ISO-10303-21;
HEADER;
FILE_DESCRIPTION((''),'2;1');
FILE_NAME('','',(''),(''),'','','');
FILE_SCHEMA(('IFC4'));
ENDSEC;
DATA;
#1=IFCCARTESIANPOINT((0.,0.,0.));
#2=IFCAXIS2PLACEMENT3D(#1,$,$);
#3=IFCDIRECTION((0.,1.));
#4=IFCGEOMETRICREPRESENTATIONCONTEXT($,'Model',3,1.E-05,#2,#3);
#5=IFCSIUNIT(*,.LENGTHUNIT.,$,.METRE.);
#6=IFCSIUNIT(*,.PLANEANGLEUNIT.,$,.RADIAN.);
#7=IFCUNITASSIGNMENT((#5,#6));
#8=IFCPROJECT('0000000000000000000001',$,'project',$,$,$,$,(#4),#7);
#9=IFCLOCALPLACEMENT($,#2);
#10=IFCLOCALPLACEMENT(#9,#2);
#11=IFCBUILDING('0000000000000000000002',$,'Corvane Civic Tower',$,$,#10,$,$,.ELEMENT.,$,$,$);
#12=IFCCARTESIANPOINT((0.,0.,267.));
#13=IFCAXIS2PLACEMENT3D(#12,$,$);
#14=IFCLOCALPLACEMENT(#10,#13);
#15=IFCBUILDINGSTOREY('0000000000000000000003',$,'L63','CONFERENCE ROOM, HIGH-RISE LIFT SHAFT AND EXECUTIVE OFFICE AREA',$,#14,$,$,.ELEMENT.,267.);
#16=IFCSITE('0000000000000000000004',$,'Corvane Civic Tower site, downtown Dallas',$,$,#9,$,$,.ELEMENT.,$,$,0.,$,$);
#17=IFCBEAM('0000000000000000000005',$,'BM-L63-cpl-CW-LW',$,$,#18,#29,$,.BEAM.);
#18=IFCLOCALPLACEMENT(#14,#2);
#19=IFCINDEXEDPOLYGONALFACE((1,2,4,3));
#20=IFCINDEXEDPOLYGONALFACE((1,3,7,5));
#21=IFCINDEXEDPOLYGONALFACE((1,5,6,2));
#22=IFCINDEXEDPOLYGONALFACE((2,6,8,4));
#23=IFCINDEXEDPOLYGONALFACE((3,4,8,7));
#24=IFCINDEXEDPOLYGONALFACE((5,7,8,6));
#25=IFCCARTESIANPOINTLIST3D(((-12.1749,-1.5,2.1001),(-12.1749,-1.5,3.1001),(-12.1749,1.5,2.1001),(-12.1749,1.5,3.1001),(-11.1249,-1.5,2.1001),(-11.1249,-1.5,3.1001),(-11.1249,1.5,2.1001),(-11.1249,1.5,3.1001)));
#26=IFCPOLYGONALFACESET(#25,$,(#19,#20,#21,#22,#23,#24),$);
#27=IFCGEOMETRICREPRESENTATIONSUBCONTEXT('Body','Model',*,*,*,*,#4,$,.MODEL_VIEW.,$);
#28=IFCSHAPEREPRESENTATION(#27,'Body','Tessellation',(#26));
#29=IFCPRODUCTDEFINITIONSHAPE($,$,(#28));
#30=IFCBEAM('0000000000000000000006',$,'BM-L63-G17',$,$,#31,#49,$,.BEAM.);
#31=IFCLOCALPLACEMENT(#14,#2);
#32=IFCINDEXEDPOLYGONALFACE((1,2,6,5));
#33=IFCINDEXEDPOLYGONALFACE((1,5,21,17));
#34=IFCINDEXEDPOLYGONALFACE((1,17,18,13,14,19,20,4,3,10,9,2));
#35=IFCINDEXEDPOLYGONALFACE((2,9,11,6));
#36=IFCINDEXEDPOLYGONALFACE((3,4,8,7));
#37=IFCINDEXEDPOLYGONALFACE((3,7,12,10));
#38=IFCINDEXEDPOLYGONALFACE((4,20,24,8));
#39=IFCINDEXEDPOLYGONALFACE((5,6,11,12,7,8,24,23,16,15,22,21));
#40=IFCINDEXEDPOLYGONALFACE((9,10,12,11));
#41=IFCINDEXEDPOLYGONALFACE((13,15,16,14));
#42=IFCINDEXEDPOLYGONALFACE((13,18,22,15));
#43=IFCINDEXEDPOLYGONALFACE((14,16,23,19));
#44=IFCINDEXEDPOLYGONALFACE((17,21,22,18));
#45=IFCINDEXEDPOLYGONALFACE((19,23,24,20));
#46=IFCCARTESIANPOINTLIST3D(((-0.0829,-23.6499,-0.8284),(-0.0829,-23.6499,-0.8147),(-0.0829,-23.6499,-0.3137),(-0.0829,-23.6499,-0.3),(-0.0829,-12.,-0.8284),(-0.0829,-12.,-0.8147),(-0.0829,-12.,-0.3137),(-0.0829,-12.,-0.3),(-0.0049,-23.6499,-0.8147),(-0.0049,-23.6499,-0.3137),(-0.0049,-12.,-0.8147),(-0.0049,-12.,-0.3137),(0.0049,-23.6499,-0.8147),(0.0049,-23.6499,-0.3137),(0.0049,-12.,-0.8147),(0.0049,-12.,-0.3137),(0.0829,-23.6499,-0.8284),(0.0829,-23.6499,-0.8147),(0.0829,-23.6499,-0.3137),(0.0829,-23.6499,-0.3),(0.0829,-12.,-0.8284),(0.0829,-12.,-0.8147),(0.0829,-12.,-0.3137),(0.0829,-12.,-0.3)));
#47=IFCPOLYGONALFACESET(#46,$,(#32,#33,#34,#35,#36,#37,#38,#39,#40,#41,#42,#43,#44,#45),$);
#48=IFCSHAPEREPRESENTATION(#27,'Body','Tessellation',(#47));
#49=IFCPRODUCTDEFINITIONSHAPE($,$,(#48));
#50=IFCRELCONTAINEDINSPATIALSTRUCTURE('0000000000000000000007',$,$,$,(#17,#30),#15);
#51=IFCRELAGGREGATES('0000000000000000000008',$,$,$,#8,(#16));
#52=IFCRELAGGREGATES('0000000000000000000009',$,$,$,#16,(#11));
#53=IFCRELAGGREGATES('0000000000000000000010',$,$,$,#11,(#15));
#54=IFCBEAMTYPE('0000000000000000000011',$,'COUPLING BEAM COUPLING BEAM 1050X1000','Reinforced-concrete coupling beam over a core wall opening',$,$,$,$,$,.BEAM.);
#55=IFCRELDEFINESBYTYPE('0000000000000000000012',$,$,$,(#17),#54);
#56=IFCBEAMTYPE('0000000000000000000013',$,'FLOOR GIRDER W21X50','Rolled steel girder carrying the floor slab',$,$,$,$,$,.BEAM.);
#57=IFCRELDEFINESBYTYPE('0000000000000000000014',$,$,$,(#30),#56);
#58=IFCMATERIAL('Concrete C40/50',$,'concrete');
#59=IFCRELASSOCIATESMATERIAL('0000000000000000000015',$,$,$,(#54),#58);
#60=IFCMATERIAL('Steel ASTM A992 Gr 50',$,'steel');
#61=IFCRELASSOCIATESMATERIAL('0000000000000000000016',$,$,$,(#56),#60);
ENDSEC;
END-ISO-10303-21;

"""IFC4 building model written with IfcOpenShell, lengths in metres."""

from ifc_helpers import new_model, si_unit, direction, frame, origin, origin_2d, place, context, subcontext, project, spatial, rectangle, i_section, extrude, material, material_profile, profile_set, type_object, element, save


model = new_model("IFC4")

# Units and contexts
model_context = context("Model", 3, precision=1e-05, world=origin(), true_north=direction((0.0, 1.0)))
body_context = subcontext(model_context, "Body", "Model", "MODEL_VIEW")
ifc_project = project(units=[si_unit("LENGTHUNIT", "METRE"), si_unit("PLANEANGLEUNIT", "RADIAN")], contexts=[model_context])

# Site, building, storey
site_placement = place(None, origin())
site = spatial("IfcSite", under=ifc_project, at=site_placement, Name="Corvane Civic Tower site, downtown Dallas", CompositionType="ELEMENT", RefElevation=0.0)
building_placement = place(site_placement, origin())
building = spatial("IfcBuilding", under=site, at=building_placement, Name="Corvane Civic Tower", CompositionType="ELEMENT")
storey_placement = place(building_placement, frame((0.0, 0.0, 267.0)))
storey = spatial("IfcBuildingStorey", under=building, at=storey_placement, Name="L63", Description="CONFERENCE ROOM, HIGH-RISE LIFT SHAFT AND EXECUTIVE OFFICE AREA", CompositionType="ELEMENT", Elevation=267.0)

# Beams
ifc_material_1 = material(Name="Concrete C40/50", Category="concrete")
ifc_material_profile_1 = material_profile(ifc_material_1, rectangle(XDim=1.05, YDim=1.0, at=origin_2d()), Name="COUPLING BEAM 1050X1000")
ifc_profile_set_1 = profile_set([ifc_material_profile_1], Name="Concrete C40/50")
beam_type_1 = type_object("IfcBeamType", Name="COUPLING BEAM COUPLING BEAM 1050X1000", Description="Reinforced-concrete coupling beam over a core wall opening", PredefinedType="BEAM", material=ifc_profile_set_1)
beam_1_placement = place(storey_placement, frame((-11.6499, -1.5, 2.6001), z_axis=(0.0, 1.0, 0.0), x_axis=(-1.0, 0.0, 0.0)))
element("IfcBeam", 1, at=beam_1_placement, inside=storey, type_object=beam_type_1, Name="BM-L63-cpl-CW-LW", PredefinedType="BEAM", context=body_context, shape_type="SweptSolid", body=[
    extrude(rectangle(XDim=1.05, YDim=1.0, at=origin_2d()), origin(), (0.0, 0.0, 1.0), 3.0),
])
ifc_material_2 = material(Name="Steel ASTM A992 Gr 50", Category="steel")
ifc_material_profile_2 = material_profile(ifc_material_2, i_section(OverallWidth=0.1658, OverallDepth=0.5283, WebThickness=0.0098, FlangeThickness=0.0137, at=origin_2d()), Name="W21X50")
ifc_profile_set_2 = profile_set([ifc_material_profile_2], Name="Steel ASTM A992 Gr 50")
beam_type_2 = type_object("IfcBeamType", Name="FLOOR GIRDER W21X50", Description="Rolled steel girder carrying the floor slab", PredefinedType="BEAM", material=ifc_profile_set_2)
beam_2_placement = place(storey_placement, frame((0.0, -12.0, -0.5642), z_axis=(0.0, -1.0, 0.0), x_axis=(1.0, 0.0, 0.0)))
element("IfcBeam", 2, at=beam_2_placement, inside=storey, type_object=beam_type_2, Name="BM-L63-G17", PredefinedType="BEAM", context=body_context, shape_type="SweptSolid", body=[
    extrude(i_section(OverallWidth=0.1658, OverallDepth=0.5283, WebThickness=0.0098, FlangeThickness=0.0137, at=origin_2d()), origin(), (0.0, 0.0, 1.0), 11.6499),
])

save(model, "model.ifc")
